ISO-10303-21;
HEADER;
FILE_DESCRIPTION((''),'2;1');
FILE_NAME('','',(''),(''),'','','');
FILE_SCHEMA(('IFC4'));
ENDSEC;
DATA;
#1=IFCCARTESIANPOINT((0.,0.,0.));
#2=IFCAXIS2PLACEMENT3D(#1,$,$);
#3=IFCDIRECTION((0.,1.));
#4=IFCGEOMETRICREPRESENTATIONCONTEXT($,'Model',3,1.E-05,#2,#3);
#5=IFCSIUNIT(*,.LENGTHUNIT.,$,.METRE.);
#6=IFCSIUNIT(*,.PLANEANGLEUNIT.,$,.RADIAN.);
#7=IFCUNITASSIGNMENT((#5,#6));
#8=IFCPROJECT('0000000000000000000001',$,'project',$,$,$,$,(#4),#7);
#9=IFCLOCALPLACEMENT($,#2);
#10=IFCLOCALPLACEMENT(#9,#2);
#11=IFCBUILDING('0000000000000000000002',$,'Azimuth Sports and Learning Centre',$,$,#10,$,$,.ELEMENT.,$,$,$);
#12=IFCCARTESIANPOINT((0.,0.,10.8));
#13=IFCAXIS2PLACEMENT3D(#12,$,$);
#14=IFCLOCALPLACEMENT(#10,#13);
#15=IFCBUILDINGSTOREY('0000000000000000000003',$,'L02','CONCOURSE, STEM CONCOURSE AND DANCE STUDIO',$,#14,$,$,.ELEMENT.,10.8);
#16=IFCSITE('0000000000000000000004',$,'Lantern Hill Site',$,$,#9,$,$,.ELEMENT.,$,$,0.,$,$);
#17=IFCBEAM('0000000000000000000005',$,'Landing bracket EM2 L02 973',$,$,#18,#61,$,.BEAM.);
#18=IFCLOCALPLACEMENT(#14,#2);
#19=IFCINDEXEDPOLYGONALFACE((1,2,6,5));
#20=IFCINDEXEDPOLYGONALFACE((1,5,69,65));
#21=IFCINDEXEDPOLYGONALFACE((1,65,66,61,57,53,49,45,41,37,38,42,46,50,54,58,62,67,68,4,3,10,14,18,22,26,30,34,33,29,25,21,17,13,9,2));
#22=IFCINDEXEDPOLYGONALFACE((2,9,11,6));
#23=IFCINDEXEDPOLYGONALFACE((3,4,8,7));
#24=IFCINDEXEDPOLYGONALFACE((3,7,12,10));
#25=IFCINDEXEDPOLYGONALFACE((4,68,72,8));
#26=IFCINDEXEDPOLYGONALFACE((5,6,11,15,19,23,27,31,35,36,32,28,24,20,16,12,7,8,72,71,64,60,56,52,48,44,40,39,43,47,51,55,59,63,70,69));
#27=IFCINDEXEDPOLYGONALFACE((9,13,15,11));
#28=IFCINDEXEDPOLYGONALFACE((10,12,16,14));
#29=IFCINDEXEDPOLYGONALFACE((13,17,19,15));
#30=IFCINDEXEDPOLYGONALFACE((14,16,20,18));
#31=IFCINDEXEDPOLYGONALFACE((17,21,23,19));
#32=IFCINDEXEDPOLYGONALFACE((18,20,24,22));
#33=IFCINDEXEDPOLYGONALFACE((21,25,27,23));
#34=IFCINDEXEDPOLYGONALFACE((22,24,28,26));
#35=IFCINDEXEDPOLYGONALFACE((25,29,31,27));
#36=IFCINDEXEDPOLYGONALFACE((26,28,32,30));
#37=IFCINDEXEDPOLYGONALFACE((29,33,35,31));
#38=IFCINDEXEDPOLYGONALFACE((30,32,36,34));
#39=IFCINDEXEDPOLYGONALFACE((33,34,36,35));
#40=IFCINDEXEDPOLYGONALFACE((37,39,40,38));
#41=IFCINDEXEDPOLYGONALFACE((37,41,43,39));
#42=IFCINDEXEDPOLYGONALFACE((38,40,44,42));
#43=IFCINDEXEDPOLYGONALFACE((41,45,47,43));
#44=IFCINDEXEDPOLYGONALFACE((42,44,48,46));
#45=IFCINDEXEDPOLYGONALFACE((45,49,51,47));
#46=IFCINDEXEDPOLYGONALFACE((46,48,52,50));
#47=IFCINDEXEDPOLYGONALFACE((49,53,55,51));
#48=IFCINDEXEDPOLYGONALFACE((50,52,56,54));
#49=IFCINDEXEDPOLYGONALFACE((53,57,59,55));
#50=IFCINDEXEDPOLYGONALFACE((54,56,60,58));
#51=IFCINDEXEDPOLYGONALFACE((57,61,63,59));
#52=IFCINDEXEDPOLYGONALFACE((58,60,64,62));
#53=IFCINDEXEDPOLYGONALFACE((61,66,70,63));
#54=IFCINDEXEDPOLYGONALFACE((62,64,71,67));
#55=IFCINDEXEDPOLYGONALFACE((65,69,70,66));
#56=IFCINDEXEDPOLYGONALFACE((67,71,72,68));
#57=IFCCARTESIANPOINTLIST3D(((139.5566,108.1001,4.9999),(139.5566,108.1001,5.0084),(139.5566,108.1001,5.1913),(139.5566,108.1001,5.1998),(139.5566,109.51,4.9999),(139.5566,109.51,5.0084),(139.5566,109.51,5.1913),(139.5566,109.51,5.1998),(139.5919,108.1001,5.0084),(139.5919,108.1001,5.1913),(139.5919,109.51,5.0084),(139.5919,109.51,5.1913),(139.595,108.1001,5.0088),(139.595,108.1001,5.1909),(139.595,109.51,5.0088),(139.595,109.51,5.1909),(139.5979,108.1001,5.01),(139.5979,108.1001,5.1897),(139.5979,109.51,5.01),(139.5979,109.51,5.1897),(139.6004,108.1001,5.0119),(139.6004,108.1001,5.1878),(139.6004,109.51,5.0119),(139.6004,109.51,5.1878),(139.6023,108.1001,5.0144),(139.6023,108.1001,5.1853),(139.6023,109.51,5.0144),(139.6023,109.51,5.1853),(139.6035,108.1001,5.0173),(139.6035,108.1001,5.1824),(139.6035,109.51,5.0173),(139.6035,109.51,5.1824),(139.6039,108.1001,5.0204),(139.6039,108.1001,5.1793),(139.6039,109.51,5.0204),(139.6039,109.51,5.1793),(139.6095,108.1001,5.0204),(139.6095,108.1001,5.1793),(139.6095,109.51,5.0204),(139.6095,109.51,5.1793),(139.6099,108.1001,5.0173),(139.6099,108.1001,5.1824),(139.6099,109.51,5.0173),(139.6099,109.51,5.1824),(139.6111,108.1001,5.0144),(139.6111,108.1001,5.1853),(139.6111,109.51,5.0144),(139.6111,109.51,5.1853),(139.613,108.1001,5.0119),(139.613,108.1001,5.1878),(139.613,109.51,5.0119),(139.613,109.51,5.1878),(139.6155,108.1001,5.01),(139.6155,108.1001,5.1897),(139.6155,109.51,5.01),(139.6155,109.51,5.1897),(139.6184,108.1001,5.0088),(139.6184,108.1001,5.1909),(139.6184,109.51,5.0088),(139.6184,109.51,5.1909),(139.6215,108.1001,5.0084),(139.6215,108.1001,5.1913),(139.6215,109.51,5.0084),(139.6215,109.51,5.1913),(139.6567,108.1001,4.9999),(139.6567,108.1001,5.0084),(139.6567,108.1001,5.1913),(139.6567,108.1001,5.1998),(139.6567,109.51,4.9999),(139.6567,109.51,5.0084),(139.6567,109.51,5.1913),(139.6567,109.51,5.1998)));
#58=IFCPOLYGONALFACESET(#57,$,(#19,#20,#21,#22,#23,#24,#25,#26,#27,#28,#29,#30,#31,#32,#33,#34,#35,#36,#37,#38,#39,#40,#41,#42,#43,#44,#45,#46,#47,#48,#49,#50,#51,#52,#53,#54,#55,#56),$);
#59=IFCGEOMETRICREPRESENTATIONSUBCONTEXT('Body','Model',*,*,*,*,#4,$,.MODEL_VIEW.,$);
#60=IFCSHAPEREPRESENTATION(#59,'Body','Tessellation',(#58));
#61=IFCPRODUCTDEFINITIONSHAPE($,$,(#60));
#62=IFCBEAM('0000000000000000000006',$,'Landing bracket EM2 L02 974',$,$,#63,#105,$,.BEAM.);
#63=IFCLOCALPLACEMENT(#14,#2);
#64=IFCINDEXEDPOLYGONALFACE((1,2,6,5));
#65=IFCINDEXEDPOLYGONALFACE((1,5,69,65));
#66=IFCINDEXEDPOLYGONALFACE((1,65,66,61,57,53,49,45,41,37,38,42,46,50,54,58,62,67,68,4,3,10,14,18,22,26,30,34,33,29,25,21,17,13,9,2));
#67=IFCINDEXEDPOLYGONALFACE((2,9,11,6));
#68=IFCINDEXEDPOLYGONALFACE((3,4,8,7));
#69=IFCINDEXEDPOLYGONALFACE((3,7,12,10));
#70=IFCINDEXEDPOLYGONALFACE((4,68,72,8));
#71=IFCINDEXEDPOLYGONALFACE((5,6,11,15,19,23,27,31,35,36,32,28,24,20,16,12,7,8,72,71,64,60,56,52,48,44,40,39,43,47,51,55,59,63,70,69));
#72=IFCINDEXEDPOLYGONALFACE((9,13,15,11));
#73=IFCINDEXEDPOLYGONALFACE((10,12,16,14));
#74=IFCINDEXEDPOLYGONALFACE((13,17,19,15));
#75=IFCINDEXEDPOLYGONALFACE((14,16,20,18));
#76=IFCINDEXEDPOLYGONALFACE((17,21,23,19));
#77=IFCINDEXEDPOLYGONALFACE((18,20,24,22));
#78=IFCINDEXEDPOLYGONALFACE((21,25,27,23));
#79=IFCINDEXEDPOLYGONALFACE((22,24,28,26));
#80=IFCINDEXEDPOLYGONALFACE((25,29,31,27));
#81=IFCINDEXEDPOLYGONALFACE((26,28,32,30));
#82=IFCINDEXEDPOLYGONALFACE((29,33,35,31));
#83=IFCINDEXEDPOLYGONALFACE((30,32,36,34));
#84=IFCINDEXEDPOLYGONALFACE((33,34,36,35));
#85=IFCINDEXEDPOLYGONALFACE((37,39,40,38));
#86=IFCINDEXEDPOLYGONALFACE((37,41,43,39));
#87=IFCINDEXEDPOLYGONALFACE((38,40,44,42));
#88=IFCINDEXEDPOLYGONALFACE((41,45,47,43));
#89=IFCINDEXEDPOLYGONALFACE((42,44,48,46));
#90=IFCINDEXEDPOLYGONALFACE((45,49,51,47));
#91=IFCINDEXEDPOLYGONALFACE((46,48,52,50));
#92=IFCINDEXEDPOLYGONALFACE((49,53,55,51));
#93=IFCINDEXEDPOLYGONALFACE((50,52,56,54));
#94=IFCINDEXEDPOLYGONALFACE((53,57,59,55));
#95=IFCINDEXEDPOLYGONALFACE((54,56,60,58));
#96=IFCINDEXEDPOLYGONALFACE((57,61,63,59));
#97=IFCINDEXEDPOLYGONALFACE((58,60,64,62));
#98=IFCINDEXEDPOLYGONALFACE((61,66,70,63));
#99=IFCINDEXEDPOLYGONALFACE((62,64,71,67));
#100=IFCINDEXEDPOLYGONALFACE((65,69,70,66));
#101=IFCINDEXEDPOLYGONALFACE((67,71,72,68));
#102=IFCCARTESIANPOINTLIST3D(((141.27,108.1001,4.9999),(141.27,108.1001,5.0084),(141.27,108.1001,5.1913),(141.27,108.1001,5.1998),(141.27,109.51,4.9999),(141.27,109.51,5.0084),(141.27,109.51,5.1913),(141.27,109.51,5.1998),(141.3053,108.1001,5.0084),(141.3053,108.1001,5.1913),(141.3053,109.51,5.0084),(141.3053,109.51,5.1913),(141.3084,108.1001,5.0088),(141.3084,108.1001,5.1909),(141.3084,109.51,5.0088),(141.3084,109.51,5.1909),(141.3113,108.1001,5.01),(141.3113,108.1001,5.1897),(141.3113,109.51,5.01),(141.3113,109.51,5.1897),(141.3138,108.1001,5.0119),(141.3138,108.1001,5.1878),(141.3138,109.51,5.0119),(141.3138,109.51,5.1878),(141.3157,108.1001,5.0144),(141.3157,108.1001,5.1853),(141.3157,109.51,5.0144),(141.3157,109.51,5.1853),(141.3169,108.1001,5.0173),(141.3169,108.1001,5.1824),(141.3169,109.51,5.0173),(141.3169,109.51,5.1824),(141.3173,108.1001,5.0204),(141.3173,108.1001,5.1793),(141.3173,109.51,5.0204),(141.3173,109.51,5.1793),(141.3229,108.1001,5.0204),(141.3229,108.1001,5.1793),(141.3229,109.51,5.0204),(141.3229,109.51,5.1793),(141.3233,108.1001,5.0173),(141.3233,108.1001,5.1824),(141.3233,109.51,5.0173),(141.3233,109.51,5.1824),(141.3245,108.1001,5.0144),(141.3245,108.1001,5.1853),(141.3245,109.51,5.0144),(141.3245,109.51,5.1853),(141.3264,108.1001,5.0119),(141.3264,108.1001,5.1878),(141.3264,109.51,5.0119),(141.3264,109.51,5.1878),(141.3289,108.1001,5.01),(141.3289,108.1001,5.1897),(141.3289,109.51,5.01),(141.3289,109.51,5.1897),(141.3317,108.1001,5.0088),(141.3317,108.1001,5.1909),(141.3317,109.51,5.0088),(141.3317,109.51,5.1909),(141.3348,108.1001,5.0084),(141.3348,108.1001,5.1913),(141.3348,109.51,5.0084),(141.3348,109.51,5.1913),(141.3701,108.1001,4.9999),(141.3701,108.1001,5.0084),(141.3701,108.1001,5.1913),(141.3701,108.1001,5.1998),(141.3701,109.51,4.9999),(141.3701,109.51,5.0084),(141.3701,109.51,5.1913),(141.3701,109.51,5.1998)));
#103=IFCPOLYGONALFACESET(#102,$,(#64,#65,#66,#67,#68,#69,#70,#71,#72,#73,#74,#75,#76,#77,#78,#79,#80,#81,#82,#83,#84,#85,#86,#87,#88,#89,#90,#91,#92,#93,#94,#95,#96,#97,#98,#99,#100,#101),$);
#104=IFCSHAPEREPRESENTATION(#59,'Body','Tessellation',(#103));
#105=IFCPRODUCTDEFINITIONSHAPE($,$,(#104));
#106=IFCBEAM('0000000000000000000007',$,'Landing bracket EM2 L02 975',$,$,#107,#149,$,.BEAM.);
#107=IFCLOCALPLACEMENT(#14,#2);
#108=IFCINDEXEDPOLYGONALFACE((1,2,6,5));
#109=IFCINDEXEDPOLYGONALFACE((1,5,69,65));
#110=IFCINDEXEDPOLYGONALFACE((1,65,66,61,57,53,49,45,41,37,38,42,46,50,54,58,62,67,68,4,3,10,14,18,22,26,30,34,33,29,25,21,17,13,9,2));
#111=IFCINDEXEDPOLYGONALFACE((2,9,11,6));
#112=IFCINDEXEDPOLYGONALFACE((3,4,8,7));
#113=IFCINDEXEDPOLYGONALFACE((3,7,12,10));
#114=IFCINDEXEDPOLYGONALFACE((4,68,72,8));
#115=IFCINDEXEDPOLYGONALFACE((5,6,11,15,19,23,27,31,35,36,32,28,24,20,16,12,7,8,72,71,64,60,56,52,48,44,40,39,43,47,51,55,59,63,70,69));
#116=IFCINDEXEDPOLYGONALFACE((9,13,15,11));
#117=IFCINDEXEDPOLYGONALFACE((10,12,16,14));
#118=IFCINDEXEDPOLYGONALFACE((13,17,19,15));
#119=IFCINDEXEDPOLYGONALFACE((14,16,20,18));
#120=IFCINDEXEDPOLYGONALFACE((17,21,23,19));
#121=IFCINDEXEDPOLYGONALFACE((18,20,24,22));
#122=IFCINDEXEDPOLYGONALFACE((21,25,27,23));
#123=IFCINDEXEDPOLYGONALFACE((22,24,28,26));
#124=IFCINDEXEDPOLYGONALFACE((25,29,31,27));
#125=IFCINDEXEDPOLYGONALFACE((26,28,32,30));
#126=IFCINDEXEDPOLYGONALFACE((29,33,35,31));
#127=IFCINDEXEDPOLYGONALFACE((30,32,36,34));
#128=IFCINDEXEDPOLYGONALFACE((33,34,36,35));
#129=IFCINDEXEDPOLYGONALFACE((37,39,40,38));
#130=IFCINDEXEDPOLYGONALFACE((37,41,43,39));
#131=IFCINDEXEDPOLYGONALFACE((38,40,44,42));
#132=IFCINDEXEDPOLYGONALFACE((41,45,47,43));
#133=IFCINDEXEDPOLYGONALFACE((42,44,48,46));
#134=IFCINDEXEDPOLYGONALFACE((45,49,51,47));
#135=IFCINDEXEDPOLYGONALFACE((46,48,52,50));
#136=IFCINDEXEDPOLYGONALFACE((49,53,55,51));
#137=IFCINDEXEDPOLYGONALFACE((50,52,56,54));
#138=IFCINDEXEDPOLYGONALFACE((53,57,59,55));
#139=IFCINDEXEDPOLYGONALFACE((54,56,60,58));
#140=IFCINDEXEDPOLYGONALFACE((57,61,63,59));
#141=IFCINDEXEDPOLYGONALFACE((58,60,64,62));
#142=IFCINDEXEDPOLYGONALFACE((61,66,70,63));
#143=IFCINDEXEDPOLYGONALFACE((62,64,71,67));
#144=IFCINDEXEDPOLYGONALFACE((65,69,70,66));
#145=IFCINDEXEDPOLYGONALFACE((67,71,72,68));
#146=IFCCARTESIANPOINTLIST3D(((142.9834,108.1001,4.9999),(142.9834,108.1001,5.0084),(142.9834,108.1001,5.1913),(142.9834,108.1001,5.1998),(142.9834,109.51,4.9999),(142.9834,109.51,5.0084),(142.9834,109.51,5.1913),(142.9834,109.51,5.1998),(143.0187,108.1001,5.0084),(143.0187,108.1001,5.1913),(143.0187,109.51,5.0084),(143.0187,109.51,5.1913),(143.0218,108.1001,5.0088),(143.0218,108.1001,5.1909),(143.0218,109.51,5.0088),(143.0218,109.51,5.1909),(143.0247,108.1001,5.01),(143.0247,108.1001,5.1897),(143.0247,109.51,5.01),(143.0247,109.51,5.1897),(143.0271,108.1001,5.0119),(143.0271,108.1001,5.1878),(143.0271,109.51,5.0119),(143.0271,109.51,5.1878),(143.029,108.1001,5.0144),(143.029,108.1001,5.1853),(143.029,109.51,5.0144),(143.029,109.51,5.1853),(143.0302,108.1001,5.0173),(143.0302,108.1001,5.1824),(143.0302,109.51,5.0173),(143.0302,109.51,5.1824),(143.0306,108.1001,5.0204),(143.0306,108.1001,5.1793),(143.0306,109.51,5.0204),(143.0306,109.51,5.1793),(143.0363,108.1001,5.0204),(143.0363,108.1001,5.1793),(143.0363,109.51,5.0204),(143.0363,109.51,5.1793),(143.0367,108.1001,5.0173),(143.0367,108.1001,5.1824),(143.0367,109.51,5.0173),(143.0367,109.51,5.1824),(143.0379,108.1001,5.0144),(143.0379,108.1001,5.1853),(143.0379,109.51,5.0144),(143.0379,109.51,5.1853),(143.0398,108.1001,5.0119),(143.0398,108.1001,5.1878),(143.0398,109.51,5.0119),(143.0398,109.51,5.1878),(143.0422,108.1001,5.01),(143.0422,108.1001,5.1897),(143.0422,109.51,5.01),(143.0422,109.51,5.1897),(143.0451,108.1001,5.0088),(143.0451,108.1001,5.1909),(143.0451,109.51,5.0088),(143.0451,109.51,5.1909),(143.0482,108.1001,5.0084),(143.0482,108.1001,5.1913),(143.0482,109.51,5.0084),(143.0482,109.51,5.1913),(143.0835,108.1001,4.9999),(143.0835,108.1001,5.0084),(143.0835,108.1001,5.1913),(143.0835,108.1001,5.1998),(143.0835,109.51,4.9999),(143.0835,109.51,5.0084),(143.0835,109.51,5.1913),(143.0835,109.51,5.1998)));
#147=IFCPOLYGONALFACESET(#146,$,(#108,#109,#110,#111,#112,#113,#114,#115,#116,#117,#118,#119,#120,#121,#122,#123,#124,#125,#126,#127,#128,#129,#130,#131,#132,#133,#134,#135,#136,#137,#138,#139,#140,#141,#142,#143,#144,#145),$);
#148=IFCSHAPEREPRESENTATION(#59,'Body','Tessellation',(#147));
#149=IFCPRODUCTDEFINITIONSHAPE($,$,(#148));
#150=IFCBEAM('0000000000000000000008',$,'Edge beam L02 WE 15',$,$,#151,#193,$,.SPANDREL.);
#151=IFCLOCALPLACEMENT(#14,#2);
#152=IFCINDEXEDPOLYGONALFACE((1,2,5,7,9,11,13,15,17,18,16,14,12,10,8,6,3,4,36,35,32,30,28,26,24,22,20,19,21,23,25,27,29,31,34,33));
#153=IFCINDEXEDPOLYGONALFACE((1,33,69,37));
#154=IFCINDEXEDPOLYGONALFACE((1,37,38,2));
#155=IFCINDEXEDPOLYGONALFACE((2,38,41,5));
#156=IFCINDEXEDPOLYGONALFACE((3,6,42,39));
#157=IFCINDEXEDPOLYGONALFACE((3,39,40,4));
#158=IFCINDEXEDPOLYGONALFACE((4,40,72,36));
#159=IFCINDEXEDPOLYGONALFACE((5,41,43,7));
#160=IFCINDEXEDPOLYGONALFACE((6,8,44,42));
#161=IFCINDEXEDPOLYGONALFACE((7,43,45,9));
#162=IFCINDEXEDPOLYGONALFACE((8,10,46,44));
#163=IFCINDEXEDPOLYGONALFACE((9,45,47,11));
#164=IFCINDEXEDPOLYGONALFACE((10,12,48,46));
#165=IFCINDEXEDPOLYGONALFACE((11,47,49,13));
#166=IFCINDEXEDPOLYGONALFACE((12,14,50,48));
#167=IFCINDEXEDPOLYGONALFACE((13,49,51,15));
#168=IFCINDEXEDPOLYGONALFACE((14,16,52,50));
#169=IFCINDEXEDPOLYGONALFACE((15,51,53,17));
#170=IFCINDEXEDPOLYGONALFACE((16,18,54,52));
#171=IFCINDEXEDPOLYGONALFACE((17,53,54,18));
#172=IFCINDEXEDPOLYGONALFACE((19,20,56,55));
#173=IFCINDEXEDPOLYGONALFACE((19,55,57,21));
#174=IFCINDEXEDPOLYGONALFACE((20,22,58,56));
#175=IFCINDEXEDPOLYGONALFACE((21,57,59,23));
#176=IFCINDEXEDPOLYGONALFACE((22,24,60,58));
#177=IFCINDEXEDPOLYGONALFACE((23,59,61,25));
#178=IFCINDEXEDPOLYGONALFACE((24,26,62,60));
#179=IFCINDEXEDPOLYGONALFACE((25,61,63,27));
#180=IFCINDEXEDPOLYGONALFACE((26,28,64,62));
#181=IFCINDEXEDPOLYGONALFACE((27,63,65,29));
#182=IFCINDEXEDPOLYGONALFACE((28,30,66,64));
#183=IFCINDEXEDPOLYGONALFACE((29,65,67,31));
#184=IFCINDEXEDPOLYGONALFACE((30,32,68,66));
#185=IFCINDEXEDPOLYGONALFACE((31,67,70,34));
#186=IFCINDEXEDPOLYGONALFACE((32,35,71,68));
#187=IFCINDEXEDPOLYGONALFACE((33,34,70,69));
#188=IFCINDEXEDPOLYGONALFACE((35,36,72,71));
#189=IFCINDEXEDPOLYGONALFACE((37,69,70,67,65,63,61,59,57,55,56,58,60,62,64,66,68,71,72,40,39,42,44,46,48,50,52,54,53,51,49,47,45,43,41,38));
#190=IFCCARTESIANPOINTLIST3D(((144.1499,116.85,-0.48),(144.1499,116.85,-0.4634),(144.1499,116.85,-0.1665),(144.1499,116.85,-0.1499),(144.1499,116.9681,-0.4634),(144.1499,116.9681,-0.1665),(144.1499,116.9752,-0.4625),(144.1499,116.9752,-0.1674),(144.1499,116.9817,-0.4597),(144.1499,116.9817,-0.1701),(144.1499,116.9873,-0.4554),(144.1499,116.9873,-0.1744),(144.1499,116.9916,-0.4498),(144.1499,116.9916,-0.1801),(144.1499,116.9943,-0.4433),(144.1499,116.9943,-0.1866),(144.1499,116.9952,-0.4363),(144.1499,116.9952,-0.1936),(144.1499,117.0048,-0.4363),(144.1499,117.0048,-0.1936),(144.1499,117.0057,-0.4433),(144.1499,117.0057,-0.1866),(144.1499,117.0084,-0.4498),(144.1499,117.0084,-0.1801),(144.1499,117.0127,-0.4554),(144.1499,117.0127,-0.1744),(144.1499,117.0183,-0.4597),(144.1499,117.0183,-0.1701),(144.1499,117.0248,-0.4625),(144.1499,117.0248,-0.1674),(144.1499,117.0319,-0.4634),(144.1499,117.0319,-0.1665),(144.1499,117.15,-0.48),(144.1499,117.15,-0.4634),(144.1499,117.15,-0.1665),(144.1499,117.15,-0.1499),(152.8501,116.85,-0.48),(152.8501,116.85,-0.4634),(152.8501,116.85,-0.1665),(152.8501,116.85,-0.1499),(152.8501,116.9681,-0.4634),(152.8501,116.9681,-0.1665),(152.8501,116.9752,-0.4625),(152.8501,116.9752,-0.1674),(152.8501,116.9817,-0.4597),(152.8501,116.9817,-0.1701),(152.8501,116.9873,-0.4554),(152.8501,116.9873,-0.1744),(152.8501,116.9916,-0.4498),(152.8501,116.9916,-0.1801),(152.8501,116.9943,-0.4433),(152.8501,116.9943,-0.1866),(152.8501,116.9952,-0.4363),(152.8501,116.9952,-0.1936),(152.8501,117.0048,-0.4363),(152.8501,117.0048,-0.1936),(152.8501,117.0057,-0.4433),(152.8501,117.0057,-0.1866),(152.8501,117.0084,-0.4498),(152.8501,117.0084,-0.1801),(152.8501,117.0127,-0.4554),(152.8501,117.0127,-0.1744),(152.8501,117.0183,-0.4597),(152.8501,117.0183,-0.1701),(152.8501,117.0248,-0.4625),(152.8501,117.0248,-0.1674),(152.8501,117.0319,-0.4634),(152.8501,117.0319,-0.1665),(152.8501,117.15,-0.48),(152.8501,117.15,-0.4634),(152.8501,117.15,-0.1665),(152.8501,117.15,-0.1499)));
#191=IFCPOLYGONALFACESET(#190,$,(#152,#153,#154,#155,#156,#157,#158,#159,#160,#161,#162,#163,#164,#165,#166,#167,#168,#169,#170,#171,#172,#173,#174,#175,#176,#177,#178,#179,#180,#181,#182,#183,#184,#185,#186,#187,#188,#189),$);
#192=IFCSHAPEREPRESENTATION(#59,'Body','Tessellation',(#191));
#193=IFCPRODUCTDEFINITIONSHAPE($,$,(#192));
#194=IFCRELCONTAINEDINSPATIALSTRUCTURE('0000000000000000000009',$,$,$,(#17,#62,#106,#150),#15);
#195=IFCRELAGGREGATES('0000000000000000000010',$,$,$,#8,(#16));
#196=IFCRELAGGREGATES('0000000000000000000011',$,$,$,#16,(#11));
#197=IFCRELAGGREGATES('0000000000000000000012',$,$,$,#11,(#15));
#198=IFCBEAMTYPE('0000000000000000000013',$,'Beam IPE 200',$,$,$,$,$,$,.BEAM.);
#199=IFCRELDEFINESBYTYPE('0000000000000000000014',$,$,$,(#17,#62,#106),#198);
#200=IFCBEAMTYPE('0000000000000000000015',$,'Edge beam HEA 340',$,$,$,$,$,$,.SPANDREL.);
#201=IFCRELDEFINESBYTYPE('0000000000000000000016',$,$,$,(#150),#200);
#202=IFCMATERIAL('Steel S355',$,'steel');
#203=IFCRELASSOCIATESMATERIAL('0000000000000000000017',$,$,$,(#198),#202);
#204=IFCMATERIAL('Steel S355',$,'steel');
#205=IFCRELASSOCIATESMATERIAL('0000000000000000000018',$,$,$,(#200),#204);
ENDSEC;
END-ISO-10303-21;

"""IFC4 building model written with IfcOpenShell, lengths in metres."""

from ifc_helpers import new_model, si_unit, direction, frame, origin, origin_2d, place, context, subcontext, project, spatial, i_section, extrude, material, material_profile, profile_set, type_object, element, save


model = new_model("IFC4")

# Units and contexts
model_context = context("Model", 3, precision=1e-05, world=origin(), true_north=direction((0.0, 1.0)))
body_context = subcontext(model_context, "Body", "Model", "MODEL_VIEW")
ifc_project = project(units=[si_unit("LENGTHUNIT", "METRE"), si_unit("PLANEANGLEUNIT", "RADIAN")], contexts=[model_context])

# Site, building, storey
site_placement = place(None, origin())
site = spatial("IfcSite", under=ifc_project, at=site_placement, Name="Lantern Hill Site", CompositionType="ELEMENT", RefElevation=0.0)
building_placement = place(site_placement, origin())
building = spatial("IfcBuilding", under=site, at=building_placement, Name="Azimuth Sports and Learning Centre", CompositionType="ELEMENT")
storey_placement = place(building_placement, frame((0.0, 0.0, 10.8)))
storey = spatial("IfcBuildingStorey", under=building, at=storey_placement, Name="L02", Description="CONCOURSE, STEM CONCOURSE AND DANCE STUDIO", CompositionType="ELEMENT", Elevation=10.8)

# Beams
ifc_material_1 = material(Name="Steel S355", Category="steel")
ifc_material_profile_1 = material_profile(ifc_material_1, i_section(OverallWidth=0.1001, OverallDepth=0.2, WebThickness=0.0056, FlangeThickness=0.0085, FilletRadius=0.012, at=origin_2d()), Name="IPE 200")
ifc_profile_set_1 = profile_set([ifc_material_profile_1], Name="Steel S355")
beam_type_1 = type_object("IfcBeamType", Name="Beam IPE 200", PredefinedType="BEAM", material=ifc_profile_set_1)
for number, where, z_axis, x_axis, name in (
    (1, (139.6067, 108.1001, 5.0999), (0.0, 1.0, 0.0), (-1.0, 0.0, 0.0), "Landing bracket EM2 L02 973"),
    (2, (141.3201, 108.1001, 5.0999), (0.0, 1.0, 0.0), (-1.0, 0.0, 0.0), "Landing bracket EM2 L02 974"),
    (3, (143.0334, 108.1001, 5.0999), (0.0, 1.0, 0.0), (-1.0, 0.0, 0.0), "Landing bracket EM2 L02 975"),
):
    element("IfcBeam", number, at=place(storey_placement, frame(where, z_axis=z_axis, x_axis=x_axis)), inside=storey, type_object=beam_type_1, Name=name, PredefinedType="BEAM", context=body_context, shape_type="SweptSolid", body=[
        extrude(i_section(OverallWidth=0.1001, OverallDepth=0.2, WebThickness=0.0056, FlangeThickness=0.0085, FilletRadius=0.012, at=origin_2d()), origin(), (0.0, 0.0, 1.0), 1.4099),
    ])
ifc_material_2 = material(Name="Steel S355", Category="steel")
ifc_material_profile_2 = material_profile(ifc_material_2, i_section(OverallWidth=0.3, OverallDepth=0.3301, WebThickness=0.0095, FlangeThickness=0.0166, FilletRadius=0.0271, at=origin_2d()), Name="HEA 340")
ifc_profile_set_2 = profile_set([ifc_material_profile_2], Name="Steel S355")
beam_type_2 = type_object("IfcBeamType", Name="Edge beam HEA 340", PredefinedType="SPANDREL", material=ifc_profile_set_2)
beam_1_placement = place(storey_placement, frame((144.1499, 117.0, -0.3149), z_axis=(1.0, 0.0, 0.0), x_axis=(0.0, 1.0, 0.0)))
element("IfcBeam", 4, at=beam_1_placement, inside=storey, type_object=beam_type_2, Name="Edge beam L02 WE 15", PredefinedType="SPANDREL", context=body_context, shape_type="SweptSolid", body=[
    extrude(i_section(OverallWidth=0.3, OverallDepth=0.3301, WebThickness=0.0095, FlangeThickness=0.0166, FilletRadius=0.0271, at=origin_2d()), origin(), (0.0, 0.0, 1.0), 8.7002),
])

save(model, "model.ifc")
